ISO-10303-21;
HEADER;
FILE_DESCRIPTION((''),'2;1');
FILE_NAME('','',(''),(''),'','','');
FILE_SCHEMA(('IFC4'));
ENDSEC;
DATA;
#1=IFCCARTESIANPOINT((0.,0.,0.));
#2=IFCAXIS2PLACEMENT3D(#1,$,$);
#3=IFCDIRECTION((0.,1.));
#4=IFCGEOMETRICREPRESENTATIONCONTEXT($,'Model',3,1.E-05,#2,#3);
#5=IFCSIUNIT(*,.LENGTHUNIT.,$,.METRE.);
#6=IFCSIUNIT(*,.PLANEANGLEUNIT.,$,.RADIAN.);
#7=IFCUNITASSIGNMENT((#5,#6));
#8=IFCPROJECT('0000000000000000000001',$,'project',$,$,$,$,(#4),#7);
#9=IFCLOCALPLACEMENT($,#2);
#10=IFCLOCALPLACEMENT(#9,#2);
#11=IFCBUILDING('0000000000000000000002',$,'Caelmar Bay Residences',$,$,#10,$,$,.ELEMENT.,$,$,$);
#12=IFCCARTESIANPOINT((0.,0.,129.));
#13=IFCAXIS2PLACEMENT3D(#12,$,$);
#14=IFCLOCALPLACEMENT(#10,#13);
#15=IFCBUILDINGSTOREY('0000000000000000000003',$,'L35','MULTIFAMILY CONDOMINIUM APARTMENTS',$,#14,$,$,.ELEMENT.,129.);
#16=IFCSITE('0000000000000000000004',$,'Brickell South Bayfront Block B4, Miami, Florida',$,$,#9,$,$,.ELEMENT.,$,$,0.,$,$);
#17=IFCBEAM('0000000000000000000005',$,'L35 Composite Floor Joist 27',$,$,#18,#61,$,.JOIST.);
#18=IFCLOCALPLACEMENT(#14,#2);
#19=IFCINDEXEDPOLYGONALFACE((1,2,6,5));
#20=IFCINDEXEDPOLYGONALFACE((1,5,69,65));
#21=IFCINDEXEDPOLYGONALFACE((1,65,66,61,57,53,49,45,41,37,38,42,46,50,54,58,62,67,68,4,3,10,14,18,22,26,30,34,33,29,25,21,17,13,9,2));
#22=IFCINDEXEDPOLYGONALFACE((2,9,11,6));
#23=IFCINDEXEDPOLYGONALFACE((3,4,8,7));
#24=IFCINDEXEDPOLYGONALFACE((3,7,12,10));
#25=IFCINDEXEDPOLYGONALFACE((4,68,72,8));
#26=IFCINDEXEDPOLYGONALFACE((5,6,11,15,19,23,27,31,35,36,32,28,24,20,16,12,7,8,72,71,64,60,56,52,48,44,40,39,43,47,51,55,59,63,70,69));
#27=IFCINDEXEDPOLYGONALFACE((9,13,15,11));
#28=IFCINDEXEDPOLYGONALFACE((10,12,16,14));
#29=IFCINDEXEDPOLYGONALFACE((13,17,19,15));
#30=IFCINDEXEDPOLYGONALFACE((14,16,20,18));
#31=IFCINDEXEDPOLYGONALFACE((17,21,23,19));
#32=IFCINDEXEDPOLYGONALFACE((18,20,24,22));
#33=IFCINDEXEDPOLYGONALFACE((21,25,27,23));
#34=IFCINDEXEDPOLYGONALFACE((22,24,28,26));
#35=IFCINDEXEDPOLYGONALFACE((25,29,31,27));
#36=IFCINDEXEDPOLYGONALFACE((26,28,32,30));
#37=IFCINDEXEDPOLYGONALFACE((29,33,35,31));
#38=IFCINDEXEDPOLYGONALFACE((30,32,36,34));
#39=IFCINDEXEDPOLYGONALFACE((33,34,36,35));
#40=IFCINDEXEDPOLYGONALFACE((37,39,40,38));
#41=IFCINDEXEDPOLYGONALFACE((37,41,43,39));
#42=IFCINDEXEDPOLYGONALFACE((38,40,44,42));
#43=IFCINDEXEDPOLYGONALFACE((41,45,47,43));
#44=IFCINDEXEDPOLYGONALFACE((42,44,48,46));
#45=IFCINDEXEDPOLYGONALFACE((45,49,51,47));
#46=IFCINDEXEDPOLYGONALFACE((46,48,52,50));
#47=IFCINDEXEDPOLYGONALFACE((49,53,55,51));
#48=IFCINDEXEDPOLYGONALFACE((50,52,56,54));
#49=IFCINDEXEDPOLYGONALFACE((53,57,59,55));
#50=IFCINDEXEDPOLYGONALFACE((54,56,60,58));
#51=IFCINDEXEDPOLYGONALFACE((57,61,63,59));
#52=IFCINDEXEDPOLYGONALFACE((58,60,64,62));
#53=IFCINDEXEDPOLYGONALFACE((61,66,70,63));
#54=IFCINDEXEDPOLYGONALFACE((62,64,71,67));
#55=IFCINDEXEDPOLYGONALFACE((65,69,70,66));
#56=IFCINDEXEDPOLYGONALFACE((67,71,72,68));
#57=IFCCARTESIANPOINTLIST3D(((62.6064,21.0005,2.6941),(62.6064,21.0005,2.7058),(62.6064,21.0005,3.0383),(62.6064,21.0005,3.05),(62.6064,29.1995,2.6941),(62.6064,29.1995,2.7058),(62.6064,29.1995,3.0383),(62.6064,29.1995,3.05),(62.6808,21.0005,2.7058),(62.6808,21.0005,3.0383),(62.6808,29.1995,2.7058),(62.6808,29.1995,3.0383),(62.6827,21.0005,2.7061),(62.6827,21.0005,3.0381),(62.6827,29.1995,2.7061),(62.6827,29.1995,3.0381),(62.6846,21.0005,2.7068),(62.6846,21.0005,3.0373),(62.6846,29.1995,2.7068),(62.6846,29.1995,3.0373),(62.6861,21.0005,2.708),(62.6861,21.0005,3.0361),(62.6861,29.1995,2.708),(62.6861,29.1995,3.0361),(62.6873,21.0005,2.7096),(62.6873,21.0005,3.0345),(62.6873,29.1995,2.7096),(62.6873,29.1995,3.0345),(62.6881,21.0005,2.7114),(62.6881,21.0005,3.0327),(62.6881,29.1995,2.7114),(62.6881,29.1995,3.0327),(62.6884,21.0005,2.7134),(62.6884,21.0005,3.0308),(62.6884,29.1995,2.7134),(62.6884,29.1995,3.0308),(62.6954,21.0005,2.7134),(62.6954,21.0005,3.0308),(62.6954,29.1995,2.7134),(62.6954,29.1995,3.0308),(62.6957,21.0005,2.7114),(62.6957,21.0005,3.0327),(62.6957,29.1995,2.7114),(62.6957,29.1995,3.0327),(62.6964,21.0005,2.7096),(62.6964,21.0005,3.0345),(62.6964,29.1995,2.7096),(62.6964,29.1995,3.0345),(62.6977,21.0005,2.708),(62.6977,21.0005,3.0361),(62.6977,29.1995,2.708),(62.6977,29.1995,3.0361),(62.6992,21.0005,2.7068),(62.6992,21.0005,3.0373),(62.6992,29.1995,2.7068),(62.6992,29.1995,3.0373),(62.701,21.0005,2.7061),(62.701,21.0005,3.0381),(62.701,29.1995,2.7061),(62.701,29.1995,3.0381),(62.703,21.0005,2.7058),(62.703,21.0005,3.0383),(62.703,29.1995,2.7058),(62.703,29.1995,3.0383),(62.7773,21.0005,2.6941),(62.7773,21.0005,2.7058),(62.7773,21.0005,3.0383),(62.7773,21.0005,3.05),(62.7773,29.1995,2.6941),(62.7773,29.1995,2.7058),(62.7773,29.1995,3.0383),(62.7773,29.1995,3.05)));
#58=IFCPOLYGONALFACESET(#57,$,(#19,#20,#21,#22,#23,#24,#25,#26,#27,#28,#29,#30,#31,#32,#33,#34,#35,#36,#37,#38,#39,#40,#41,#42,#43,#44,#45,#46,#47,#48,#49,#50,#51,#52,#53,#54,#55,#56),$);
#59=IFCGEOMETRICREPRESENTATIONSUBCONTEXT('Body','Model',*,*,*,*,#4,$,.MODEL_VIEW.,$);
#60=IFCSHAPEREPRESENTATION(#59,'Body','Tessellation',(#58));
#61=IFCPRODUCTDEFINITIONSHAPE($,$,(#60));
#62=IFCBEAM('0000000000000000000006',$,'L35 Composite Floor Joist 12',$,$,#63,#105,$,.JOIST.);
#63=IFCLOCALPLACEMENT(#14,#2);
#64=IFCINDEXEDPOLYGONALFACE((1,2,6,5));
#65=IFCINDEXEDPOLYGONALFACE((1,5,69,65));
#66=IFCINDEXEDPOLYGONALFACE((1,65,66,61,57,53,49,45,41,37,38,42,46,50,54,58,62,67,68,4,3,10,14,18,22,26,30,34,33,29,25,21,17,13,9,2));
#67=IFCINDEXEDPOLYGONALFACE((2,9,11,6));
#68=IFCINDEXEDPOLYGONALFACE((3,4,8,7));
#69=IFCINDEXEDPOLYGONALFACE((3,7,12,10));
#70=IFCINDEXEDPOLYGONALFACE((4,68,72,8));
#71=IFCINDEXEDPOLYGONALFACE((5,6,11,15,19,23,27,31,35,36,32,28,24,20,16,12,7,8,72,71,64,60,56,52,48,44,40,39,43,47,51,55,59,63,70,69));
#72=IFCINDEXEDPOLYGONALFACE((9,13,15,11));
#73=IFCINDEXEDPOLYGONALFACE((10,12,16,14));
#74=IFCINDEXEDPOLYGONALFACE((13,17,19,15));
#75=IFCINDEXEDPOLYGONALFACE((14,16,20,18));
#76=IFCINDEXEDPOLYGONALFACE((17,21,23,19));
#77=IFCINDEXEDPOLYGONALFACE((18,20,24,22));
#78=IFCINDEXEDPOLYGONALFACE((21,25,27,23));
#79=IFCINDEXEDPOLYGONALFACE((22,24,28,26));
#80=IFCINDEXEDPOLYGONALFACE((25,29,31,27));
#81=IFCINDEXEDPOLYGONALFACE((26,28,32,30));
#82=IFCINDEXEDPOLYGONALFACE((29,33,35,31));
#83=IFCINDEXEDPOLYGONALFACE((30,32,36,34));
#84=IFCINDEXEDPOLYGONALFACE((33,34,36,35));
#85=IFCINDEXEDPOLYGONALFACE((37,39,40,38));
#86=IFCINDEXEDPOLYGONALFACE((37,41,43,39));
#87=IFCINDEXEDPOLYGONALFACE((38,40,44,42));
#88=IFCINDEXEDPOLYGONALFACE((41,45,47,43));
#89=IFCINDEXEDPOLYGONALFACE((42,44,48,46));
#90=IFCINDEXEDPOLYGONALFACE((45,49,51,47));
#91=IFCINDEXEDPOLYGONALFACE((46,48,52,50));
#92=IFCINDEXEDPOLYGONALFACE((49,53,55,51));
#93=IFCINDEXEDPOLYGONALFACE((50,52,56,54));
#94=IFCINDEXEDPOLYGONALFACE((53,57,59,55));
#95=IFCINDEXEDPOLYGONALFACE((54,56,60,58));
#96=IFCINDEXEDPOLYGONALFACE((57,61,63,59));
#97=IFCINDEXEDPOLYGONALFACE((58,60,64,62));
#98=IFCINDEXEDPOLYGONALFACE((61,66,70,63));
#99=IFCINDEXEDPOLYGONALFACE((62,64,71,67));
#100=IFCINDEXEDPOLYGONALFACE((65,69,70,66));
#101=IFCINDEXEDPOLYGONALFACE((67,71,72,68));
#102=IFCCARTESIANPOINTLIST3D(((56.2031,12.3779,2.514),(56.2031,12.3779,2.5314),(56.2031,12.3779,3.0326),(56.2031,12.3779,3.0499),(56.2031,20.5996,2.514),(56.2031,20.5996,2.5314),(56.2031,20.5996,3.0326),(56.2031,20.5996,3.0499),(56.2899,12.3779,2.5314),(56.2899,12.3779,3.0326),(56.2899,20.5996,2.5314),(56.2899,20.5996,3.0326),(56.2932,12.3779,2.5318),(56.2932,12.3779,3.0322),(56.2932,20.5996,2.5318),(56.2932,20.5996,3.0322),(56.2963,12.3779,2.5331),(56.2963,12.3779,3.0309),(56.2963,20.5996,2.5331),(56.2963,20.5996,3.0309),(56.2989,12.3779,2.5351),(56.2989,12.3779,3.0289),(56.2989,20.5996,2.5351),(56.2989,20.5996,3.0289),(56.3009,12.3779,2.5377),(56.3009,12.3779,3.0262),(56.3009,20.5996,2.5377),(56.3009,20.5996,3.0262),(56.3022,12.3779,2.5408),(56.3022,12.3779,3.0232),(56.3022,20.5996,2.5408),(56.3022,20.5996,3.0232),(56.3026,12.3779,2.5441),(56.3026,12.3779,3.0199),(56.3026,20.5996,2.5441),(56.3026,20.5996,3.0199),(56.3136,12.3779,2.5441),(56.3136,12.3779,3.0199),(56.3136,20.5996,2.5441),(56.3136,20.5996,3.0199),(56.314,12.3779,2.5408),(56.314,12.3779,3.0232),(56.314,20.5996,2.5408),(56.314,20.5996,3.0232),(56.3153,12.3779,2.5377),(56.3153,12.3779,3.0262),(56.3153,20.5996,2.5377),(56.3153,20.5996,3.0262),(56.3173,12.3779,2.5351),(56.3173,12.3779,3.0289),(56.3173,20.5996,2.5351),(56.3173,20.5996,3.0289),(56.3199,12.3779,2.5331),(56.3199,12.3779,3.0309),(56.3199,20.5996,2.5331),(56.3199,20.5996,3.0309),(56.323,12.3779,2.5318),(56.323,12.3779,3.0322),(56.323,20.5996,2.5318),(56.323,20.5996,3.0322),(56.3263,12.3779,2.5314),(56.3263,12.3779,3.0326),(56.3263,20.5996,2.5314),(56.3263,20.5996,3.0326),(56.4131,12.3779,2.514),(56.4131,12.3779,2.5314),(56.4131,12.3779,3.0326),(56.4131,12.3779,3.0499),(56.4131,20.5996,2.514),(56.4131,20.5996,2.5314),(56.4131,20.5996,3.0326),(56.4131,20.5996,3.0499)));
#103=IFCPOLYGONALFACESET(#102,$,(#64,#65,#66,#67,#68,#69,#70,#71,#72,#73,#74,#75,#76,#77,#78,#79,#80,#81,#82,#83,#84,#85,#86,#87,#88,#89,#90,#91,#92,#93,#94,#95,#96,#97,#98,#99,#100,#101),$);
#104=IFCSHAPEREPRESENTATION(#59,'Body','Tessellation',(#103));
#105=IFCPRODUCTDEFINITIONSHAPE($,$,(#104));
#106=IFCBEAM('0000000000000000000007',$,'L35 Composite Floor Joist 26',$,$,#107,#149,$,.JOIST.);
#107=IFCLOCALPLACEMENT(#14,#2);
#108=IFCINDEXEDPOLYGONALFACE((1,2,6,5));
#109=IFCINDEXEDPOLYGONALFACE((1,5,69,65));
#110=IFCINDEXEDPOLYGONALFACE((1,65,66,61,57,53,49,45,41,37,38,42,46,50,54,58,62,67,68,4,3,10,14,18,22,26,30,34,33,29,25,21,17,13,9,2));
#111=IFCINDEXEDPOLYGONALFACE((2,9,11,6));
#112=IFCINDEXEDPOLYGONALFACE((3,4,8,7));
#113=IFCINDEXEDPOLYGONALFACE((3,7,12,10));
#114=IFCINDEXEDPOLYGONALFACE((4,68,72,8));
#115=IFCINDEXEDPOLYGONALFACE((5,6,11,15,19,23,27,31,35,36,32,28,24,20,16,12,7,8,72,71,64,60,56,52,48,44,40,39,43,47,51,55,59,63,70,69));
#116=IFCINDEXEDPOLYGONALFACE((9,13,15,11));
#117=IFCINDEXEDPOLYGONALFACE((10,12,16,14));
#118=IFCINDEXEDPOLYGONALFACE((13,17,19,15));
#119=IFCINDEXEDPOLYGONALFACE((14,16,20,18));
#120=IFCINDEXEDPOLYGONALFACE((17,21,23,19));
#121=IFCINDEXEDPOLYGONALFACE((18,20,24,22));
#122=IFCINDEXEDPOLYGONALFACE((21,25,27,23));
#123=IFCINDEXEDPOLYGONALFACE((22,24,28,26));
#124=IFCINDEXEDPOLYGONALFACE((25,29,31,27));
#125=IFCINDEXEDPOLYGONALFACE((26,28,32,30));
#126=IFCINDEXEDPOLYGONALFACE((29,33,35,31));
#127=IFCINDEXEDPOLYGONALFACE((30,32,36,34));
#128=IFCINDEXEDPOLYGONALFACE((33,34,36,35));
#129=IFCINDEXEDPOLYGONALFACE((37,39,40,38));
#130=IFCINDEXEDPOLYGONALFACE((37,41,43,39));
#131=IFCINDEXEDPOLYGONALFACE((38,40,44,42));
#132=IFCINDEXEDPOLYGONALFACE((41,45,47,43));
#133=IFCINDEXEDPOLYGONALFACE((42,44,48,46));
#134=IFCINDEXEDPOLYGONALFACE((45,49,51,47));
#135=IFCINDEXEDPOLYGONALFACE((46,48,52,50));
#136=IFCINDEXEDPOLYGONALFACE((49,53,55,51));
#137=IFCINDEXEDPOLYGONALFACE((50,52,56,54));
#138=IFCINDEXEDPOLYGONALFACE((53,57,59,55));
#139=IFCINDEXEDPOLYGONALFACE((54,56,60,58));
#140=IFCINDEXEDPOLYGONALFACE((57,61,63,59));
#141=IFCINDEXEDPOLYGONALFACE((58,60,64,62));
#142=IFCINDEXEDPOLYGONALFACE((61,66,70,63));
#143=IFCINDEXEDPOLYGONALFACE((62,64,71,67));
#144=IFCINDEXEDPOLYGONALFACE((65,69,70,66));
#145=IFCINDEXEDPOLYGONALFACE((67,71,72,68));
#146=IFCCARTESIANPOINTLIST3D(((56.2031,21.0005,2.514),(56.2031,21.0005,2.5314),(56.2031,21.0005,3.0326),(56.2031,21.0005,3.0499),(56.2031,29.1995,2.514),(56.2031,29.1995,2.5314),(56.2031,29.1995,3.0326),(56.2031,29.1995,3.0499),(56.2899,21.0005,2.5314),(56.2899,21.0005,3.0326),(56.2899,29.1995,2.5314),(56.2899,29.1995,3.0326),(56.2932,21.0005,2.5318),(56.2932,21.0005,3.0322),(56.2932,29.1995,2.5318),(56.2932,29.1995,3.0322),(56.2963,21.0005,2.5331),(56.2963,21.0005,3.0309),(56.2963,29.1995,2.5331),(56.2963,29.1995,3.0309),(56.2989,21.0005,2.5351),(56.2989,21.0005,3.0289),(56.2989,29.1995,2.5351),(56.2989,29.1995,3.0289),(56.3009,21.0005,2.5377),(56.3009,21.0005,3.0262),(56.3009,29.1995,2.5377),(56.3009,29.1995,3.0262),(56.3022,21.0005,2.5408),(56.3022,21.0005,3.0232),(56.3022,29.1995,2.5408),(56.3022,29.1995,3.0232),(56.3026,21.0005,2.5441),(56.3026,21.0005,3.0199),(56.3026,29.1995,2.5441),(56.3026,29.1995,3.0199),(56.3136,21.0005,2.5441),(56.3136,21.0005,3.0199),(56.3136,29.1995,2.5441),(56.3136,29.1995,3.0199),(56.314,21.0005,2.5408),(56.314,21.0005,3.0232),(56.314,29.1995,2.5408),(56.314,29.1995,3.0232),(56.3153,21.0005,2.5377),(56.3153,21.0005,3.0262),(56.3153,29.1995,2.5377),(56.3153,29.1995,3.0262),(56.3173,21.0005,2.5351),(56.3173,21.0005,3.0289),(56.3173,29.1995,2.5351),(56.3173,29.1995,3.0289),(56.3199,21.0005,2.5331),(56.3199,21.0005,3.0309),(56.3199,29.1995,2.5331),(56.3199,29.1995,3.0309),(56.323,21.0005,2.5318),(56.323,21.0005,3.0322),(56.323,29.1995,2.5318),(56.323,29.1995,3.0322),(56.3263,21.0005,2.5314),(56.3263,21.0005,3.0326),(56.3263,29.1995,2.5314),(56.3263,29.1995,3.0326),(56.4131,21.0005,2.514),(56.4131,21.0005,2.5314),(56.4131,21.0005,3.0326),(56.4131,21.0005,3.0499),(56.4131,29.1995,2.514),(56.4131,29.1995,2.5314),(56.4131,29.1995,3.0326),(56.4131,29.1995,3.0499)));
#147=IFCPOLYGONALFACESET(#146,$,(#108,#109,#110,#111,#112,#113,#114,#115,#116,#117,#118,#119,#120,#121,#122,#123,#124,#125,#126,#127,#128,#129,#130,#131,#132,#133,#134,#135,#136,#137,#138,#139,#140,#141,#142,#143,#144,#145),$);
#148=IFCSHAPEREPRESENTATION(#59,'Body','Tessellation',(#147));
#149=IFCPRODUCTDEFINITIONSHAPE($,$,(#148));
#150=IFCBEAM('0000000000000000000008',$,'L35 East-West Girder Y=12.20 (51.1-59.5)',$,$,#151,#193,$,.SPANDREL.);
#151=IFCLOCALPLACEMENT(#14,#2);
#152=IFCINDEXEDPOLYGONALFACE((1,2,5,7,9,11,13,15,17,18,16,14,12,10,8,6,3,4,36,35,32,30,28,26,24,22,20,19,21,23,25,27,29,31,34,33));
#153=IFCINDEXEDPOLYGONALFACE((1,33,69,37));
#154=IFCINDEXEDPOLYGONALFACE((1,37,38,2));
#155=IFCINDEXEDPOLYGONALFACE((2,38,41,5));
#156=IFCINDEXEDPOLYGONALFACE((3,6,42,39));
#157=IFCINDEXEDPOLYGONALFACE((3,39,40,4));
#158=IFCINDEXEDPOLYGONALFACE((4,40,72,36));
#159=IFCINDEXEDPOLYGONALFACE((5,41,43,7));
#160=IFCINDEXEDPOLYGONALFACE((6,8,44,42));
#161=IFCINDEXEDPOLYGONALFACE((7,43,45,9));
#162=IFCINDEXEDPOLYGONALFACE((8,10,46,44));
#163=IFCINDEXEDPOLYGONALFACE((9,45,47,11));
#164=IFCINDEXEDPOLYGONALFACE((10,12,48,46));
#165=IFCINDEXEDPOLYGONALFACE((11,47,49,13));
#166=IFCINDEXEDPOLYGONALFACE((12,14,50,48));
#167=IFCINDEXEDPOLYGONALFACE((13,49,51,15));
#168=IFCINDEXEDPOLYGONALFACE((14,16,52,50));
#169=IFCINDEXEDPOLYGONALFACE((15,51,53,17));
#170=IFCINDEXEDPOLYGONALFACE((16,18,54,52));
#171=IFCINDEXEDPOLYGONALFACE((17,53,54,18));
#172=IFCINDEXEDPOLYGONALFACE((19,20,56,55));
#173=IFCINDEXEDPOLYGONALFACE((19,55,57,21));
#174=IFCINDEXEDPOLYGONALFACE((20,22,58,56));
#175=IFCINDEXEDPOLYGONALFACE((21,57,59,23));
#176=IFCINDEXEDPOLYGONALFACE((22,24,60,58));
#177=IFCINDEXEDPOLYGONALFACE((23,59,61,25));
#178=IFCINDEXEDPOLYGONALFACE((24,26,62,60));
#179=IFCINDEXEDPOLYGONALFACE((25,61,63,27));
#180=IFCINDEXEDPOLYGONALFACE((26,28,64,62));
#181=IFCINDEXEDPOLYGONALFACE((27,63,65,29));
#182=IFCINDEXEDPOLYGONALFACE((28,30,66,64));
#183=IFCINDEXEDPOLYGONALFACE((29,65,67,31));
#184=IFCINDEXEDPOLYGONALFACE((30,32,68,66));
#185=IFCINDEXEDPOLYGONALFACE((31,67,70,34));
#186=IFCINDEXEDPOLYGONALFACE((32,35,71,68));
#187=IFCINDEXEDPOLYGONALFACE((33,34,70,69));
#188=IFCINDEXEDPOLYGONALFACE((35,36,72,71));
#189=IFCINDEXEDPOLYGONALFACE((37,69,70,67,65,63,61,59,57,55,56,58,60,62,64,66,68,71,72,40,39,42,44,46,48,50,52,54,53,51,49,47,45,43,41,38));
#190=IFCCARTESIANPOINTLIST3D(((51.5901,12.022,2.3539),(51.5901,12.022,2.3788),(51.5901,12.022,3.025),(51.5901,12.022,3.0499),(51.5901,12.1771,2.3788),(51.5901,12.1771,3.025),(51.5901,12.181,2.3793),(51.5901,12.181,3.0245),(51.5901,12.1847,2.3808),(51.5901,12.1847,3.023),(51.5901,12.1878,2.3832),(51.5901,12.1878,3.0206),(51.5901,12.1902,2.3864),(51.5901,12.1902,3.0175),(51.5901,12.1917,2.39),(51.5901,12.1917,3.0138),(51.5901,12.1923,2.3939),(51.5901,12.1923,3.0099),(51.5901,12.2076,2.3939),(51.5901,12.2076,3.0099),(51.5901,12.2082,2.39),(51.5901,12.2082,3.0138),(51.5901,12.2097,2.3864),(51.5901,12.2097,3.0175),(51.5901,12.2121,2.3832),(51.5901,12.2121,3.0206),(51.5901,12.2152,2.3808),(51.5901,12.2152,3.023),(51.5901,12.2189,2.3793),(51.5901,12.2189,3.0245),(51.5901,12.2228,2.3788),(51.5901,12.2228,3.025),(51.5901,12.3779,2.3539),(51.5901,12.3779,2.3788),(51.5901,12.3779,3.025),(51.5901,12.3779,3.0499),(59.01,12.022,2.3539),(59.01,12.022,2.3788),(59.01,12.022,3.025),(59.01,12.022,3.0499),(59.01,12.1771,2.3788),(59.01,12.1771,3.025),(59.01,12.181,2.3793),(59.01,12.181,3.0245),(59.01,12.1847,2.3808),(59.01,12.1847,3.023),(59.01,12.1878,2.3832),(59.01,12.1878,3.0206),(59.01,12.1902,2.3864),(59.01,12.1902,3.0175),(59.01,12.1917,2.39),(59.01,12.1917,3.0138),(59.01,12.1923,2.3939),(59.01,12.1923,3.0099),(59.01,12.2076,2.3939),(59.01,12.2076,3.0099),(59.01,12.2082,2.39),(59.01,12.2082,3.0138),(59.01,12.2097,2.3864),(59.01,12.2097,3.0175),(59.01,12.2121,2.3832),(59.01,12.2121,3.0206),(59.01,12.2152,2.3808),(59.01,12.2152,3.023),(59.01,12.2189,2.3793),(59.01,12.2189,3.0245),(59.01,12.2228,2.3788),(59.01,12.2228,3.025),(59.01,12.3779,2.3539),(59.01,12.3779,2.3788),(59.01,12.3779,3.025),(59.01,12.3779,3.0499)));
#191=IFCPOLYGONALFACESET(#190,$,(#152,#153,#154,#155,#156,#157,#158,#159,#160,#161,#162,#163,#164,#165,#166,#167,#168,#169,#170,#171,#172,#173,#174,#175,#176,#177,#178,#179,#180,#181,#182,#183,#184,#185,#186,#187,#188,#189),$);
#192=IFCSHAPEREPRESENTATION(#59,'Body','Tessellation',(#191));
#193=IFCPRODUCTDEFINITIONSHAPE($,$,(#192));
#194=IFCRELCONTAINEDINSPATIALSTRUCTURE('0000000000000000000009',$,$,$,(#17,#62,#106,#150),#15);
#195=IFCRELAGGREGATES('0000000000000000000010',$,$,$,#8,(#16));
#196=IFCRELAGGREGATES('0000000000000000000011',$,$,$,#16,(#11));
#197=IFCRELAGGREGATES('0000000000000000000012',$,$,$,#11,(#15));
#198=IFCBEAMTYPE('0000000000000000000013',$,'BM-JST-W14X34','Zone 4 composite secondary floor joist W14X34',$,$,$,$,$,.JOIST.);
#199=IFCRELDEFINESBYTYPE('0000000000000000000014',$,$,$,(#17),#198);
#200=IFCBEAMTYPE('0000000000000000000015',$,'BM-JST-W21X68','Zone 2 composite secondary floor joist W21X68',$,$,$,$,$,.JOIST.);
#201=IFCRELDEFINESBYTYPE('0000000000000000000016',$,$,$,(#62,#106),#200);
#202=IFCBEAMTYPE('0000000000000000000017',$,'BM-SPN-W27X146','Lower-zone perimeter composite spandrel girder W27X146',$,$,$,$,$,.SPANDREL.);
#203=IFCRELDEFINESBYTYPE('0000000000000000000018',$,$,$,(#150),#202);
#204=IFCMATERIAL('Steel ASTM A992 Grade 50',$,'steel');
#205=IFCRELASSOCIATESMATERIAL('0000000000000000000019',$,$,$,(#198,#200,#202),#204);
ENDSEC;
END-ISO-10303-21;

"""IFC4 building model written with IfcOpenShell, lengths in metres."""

from ifc_helpers import new_model, si_unit, direction, frame, origin, origin_2d, place, context, subcontext, project, spatial, i_section, extrude, material, material_profile, profile_set, type_object, element, save


model = new_model("IFC4")

# Units and contexts
model_context = context("Model", 3, precision=1e-05, world=origin(), true_north=direction((0.0, 1.0)))
body_context = subcontext(model_context, "Body", "Model", "MODEL_VIEW")
ifc_project = project(units=[si_unit("LENGTHUNIT", "METRE"), si_unit("PLANEANGLEUNIT", "RADIAN")], contexts=[model_context])

# Site, building, storey
site_placement = place(None, origin())
site = spatial("IfcSite", under=ifc_project, at=site_placement, Name="Brickell South Bayfront Block B4, Miami, Florida", CompositionType="ELEMENT", RefElevation=0.0)
building_placement = place(site_placement, origin())
building = spatial("IfcBuilding", under=site, at=building_placement, Name="Caelmar Bay Residences", CompositionType="ELEMENT")
storey_placement = place(building_placement, frame((0.0, 0.0, 129.0)))
storey = spatial("IfcBuildingStorey", under=building, at=storey_placement, Name="L35", Description="MULTIFAMILY CONDOMINIUM APARTMENTS", CompositionType="ELEMENT", Elevation=129.0)

# Beams
ifc_material_1 = material(Name="Steel ASTM A992 Grade 50", Category="steel")
ifc_material_profile_1 = material_profile(ifc_material_1, i_section(OverallWidth=0.1709, OverallDepth=0.356, WebThickness=0.0071, FlangeThickness=0.0117, FilletRadius=0.0076, at=origin_2d()), Name="W14X34")
ifc_profile_set_1 = profile_set([ifc_material_profile_1], Name="Steel ASTM A992 Grade 50")
beam_type_1 = type_object("IfcBeamType", Name="BM-JST-W14X34", Description="Zone 4 composite secondary floor joist W14X34", PredefinedType="JOIST", material=ifc_profile_set_1)
for number, where, z_axis, x_axis, name in (
    (1, (62.6919, 21.0005, 2.8721), (0.0, 1.0, 0.0), (-1.0, 0.0, 0.0), "L35 Composite Floor Joist 27"),
):
    element("IfcBeam", number, at=place(storey_placement, frame(where, z_axis=z_axis, x_axis=x_axis)), inside=storey, type_object=beam_type_1, Name=name, PredefinedType="JOIST", context=body_context, shape_type="SweptSolid", body=[
        extrude(i_section(OverallWidth=0.1709, OverallDepth=0.356, WebThickness=0.0071, FlangeThickness=0.0117, FilletRadius=0.0076, at=origin_2d()), origin(), (0.0, 0.0, 1.0), 8.199),
    ])
ifc_material_profile_2 = material_profile(ifc_material_1, i_section(OverallWidth=0.21, OverallDepth=0.5359, WebThickness=0.011, FlangeThickness=0.0173, FilletRadius=0.0127, at=origin_2d()), Name="W21X68")
ifc_profile_set_2 = profile_set([ifc_material_profile_2], Name="Steel ASTM A992 Grade 50")
beam_type_2 = type_object("IfcBeamType", Name="BM-JST-W21X68", Description="Zone 2 composite secondary floor joist W21X68", PredefinedType="JOIST", material=ifc_profile_set_2)
beam_1_placement = place(storey_placement, frame((56.3081, 12.3779, 2.782), z_axis=(0.0, 1.0, 0.0), x_axis=(-1.0, 0.0, 0.0)))
element("IfcBeam", 2, at=beam_1_placement, inside=storey, type_object=beam_type_2, Name="L35 Composite Floor Joist 12", PredefinedType="JOIST", context=body_context, shape_type="SweptSolid", body=[
    extrude(i_section(OverallWidth=0.21, OverallDepth=0.5359, WebThickness=0.011, FlangeThickness=0.0173, FilletRadius=0.0127, at=origin_2d()), origin(), (0.0, 0.0, 1.0), 8.2217),
])
beam_2_placement = place(storey_placement, frame((56.3081, 21.0005, 2.782), z_axis=(0.0, 1.0, 0.0), x_axis=(-1.0, 0.0, 0.0)))
element("IfcBeam", 3, at=beam_2_placement, inside=storey, type_object=beam_type_2, Name="L35 Composite Floor Joist 26", PredefinedType="JOIST", context=body_context, shape_type="SweptSolid", body=[
    extrude(i_section(OverallWidth=0.21, OverallDepth=0.5359, WebThickness=0.011, FlangeThickness=0.0173, FilletRadius=0.0127, at=origin_2d()), origin(), (0.0, 0.0, 1.0), 8.199),
])
ifc_material_profile_3 = material_profile(ifc_material_1, i_section(OverallWidth=0.356, OverallDepth=0.696, WebThickness=0.0154, FlangeThickness=0.0249, FilletRadius=0.0151, at=origin_2d()), Name="W27X146")
ifc_profile_set_3 = profile_set([ifc_material_profile_3], Name="Steel ASTM A992 Grade 50")
beam_type_3 = type_object("IfcBeamType", Name="BM-SPN-W27X146", Description="Lower-zone perimeter composite spandrel girder W27X146", PredefinedType="SPANDREL", material=ifc_profile_set_3)
for number, where, z_axis, x_axis, name in (
    (4, (51.5901, 12.2, 2.7019), (1.0, 0.0, 0.0), (0.0, 1.0, 0.0), "L35 East-West Girder Y=12.20 (51.1-59.5)"),
):
    element("IfcBeam", number, at=place(storey_placement, frame(where, z_axis=z_axis, x_axis=x_axis)), inside=storey, type_object=beam_type_3, Name=name, PredefinedType="SPANDREL", context=body_context, shape_type="SweptSolid", body=[
        extrude(i_section(OverallWidth=0.356, OverallDepth=0.696, WebThickness=0.0154, FlangeThickness=0.0249, FilletRadius=0.0151, at=origin_2d()), origin(), (0.0, 0.0, 1.0), 7.4199),
    ])

save(model, "model.ifc")
